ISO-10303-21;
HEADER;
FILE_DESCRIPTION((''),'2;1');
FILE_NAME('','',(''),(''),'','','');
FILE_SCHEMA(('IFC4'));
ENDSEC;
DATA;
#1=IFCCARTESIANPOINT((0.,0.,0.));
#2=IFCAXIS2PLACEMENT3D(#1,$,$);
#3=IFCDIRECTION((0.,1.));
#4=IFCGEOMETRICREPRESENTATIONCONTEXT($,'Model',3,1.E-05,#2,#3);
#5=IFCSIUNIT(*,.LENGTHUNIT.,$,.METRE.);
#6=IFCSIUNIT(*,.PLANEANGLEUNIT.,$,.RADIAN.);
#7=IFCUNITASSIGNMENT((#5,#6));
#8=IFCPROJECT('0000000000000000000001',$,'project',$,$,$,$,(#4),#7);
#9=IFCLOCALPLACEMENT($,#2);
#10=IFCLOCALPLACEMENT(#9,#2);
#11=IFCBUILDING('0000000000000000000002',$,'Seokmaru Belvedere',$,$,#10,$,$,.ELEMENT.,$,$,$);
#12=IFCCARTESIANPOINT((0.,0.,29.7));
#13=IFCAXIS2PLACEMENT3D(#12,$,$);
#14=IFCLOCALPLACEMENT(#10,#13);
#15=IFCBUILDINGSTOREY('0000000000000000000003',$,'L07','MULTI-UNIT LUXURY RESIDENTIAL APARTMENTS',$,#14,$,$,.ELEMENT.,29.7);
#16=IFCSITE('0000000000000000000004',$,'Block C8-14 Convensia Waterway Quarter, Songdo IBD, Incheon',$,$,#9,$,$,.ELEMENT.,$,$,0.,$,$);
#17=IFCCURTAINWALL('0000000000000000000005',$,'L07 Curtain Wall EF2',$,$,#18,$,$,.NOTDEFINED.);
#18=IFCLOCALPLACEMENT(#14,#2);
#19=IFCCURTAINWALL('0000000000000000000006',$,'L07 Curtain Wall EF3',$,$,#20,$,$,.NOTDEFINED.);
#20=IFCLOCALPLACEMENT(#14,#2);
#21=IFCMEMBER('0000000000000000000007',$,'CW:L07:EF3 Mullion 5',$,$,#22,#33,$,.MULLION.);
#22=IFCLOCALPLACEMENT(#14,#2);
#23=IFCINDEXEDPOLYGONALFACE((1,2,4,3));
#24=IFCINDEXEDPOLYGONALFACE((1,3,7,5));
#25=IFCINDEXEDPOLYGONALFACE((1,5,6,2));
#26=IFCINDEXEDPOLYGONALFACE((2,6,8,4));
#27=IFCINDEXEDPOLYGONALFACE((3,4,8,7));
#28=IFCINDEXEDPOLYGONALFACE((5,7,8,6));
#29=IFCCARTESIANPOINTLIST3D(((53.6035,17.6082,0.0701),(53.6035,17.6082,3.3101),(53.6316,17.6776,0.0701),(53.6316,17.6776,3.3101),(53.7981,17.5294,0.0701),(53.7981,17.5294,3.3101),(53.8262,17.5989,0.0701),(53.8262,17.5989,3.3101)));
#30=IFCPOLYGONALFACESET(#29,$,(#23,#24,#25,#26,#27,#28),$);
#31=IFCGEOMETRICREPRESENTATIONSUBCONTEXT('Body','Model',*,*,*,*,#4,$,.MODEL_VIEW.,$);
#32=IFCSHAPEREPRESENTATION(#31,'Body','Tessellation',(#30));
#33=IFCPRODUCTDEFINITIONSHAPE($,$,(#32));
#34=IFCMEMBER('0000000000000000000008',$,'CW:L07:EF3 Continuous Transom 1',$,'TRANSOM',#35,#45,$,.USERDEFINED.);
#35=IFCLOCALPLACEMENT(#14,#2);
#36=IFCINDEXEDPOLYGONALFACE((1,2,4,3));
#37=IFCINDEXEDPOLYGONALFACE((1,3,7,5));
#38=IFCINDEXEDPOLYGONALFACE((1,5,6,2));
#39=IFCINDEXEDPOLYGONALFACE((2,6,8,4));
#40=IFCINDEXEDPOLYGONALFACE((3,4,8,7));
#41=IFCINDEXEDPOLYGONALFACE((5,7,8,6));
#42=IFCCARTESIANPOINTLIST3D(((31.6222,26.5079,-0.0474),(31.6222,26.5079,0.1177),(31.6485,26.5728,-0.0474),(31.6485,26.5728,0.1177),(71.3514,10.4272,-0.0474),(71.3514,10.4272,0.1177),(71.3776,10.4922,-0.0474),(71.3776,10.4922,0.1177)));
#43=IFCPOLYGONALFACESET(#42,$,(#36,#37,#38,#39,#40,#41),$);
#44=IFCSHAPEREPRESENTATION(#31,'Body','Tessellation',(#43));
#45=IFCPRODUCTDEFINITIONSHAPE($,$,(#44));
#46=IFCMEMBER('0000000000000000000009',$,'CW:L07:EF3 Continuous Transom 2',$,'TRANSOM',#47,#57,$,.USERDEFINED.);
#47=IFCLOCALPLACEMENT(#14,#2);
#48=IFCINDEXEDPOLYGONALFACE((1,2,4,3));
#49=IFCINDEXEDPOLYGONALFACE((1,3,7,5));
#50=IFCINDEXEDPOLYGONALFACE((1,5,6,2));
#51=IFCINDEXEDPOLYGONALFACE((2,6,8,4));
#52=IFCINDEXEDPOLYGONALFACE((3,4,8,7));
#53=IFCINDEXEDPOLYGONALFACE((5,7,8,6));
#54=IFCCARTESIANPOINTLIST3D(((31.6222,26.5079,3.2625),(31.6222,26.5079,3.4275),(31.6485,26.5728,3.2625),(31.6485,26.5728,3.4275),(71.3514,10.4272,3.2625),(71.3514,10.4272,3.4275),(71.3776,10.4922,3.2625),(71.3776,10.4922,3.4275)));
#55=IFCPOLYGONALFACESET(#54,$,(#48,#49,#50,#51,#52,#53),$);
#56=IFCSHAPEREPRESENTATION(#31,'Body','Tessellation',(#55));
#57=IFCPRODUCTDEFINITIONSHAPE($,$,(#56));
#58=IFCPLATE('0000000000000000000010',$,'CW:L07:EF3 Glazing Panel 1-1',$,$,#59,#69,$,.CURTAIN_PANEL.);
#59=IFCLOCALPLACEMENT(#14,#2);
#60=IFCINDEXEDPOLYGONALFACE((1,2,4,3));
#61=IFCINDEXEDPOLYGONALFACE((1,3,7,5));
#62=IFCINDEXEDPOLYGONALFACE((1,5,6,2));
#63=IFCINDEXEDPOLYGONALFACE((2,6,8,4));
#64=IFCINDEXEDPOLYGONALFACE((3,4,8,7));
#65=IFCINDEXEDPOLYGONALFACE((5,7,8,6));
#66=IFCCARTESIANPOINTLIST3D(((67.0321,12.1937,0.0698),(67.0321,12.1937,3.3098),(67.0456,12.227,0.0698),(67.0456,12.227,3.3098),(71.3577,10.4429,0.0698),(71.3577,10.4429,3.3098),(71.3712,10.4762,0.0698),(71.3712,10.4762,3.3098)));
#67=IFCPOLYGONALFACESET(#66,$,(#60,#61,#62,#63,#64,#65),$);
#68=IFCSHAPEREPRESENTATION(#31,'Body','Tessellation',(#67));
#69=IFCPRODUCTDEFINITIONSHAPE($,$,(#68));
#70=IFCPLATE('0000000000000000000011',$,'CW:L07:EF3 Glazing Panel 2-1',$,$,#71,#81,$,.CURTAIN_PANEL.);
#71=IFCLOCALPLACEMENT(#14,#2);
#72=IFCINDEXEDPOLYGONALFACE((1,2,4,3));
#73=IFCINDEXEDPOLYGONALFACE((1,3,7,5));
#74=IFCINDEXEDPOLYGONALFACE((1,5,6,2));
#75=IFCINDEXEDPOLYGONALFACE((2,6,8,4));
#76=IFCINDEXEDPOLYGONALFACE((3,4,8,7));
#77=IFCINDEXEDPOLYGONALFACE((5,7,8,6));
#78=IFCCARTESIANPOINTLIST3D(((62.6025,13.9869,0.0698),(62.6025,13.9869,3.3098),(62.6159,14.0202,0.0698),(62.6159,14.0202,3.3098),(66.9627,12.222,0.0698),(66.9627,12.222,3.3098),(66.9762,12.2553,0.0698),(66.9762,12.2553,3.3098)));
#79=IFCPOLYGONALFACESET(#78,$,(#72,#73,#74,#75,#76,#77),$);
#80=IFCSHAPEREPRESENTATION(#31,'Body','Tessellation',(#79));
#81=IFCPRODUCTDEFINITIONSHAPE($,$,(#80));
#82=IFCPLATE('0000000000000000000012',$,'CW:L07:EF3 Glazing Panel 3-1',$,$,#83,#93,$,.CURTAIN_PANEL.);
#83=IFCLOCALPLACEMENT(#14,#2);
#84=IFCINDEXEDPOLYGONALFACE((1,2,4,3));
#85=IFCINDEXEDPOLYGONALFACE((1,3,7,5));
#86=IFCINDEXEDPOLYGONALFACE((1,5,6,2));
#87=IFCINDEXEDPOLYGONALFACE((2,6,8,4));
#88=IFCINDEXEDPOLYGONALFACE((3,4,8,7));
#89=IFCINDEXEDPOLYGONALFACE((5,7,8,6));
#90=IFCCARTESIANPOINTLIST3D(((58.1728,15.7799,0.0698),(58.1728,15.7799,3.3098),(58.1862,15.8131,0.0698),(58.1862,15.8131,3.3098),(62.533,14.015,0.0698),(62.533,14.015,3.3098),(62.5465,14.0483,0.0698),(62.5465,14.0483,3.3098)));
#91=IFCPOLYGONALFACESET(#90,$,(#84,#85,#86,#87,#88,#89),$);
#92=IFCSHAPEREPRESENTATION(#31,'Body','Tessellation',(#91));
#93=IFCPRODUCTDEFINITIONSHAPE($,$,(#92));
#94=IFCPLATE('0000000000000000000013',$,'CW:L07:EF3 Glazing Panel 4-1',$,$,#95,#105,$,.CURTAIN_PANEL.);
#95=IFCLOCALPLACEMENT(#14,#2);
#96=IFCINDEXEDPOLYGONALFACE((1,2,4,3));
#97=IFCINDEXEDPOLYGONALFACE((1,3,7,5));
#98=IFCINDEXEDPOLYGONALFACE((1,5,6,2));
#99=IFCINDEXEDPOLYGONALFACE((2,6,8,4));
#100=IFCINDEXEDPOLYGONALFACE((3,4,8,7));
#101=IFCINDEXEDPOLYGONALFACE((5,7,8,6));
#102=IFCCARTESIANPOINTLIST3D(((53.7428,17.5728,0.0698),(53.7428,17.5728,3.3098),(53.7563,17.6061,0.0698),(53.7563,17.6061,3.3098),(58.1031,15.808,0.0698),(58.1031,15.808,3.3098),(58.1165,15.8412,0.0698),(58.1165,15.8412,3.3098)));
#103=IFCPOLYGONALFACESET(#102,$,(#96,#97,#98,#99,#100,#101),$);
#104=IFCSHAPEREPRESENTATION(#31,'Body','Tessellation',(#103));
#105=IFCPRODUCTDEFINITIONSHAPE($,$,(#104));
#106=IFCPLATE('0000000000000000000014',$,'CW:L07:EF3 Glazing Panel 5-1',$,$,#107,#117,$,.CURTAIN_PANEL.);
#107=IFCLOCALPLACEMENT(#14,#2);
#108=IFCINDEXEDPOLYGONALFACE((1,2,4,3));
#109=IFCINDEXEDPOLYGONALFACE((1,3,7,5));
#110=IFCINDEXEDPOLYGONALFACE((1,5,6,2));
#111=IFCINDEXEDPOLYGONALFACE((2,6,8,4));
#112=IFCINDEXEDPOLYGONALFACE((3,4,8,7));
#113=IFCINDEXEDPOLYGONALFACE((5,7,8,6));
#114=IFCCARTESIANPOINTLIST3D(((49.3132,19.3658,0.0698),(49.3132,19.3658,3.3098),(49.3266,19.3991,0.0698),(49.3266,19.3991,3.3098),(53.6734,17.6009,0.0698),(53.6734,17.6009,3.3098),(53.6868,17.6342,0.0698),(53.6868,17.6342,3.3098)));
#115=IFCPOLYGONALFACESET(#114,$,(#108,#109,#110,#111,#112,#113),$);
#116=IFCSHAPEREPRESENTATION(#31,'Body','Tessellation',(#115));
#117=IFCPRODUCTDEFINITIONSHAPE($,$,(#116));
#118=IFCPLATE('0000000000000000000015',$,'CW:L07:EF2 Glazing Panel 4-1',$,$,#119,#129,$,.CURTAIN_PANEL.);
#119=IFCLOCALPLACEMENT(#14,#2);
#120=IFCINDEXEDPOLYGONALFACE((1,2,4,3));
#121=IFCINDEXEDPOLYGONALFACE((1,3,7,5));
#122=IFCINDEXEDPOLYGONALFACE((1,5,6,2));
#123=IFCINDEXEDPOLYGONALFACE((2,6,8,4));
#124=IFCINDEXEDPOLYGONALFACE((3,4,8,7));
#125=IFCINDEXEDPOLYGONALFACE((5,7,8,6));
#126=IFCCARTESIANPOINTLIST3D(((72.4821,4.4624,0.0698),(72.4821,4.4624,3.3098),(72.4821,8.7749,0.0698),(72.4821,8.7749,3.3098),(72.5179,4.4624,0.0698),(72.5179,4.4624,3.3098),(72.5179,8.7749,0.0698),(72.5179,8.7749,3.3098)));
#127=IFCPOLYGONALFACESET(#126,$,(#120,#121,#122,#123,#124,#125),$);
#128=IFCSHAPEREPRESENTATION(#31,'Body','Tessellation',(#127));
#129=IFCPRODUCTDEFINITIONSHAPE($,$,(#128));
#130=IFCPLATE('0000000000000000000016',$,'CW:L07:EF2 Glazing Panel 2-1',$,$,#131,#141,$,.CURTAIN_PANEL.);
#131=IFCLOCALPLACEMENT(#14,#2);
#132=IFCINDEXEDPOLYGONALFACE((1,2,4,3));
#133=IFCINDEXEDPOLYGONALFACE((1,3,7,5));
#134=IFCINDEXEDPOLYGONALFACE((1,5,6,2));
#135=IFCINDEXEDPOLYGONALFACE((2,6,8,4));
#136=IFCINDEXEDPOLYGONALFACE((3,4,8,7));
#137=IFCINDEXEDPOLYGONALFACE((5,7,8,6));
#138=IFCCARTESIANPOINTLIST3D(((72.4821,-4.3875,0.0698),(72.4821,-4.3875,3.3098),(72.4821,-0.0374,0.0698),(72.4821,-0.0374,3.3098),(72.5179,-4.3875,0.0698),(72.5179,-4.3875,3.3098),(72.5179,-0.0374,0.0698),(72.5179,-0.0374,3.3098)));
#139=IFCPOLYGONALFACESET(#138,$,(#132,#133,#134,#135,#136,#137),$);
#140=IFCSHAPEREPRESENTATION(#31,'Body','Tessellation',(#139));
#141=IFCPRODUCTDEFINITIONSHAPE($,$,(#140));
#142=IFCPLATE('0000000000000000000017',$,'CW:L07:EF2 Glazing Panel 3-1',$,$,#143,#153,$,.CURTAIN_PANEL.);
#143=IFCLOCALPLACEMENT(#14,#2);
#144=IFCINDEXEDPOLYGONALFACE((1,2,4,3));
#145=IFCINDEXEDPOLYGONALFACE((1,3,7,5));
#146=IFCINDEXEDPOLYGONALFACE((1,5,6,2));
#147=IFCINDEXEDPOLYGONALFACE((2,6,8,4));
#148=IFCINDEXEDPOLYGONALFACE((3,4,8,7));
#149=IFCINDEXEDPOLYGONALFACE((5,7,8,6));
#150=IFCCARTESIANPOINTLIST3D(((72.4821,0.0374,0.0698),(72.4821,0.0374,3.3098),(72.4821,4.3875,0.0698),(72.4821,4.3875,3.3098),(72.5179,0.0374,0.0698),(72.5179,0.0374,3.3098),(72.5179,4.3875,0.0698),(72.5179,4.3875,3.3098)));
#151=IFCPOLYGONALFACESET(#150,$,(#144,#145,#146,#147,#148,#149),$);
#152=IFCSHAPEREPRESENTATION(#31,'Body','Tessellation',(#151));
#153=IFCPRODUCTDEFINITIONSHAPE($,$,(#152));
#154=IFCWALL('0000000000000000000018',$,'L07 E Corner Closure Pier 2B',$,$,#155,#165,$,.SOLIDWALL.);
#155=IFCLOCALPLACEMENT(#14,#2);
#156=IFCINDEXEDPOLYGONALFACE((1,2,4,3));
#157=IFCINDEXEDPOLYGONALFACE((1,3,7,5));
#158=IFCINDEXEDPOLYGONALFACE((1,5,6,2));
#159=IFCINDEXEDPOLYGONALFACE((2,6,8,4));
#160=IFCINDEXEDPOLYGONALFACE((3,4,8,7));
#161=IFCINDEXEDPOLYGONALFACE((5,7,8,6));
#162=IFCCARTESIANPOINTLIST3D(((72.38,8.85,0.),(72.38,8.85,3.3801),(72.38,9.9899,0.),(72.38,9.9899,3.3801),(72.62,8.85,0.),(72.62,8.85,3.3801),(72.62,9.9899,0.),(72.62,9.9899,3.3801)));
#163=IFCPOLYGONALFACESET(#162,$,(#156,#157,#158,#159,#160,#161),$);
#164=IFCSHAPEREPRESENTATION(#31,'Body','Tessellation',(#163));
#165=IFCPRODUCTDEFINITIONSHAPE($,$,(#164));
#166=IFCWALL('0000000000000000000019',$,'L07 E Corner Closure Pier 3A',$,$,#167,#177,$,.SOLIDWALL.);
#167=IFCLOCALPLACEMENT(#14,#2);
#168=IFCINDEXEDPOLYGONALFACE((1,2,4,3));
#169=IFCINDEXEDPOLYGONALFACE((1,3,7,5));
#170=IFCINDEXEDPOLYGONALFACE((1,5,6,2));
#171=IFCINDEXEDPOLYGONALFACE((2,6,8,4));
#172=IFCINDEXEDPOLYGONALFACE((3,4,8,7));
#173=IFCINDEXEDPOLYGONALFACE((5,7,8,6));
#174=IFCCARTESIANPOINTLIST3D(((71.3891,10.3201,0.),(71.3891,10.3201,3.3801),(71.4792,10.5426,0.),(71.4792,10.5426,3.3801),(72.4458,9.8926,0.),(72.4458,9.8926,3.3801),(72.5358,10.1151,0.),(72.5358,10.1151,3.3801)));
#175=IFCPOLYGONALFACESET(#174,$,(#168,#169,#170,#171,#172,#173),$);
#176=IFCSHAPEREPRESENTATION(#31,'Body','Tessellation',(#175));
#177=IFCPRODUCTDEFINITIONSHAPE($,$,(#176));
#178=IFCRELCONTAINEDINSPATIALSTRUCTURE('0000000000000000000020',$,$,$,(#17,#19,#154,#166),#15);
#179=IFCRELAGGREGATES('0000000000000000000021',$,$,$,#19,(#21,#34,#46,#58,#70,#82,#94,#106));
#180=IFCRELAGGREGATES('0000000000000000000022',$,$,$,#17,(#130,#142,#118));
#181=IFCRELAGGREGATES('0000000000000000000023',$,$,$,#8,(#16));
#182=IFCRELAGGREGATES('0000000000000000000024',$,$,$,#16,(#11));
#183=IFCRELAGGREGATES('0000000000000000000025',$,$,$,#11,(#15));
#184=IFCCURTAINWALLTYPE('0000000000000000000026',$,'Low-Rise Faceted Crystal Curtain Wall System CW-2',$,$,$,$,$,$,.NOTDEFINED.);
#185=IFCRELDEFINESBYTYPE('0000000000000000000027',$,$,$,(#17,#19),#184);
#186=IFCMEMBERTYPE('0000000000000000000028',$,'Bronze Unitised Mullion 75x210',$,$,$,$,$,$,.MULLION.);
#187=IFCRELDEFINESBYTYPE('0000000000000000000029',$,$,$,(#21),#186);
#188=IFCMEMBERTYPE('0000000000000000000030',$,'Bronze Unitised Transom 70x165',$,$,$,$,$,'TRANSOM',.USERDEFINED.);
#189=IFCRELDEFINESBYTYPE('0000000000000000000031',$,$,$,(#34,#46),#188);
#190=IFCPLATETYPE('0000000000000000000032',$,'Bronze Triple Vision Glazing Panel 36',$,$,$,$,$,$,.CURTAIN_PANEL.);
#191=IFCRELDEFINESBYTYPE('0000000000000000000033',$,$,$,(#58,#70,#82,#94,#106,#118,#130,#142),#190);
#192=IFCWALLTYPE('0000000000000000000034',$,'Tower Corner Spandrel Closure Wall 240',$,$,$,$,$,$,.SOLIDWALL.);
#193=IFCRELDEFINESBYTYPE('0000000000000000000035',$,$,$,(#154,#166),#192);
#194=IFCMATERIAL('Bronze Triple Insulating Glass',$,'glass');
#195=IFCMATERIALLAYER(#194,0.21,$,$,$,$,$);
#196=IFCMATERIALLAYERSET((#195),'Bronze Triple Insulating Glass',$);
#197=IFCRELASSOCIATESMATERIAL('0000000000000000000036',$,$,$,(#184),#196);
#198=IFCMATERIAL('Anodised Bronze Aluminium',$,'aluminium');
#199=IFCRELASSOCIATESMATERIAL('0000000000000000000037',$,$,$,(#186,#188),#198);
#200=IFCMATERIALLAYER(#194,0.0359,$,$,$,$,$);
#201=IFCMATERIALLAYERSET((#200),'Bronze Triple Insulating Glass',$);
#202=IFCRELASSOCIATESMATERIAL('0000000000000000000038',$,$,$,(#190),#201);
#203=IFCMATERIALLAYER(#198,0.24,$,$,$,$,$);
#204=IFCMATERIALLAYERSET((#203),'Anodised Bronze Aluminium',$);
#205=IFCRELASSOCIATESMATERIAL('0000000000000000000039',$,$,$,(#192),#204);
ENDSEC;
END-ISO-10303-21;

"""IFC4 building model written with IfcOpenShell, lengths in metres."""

from ifc_helpers import new_model, si_unit, direction, frame, frame_2d, origin, origin_2d, place, context, subcontext, project, spatial, rectangle, extrude, source, transform, mapped, material, layer, layer_set, material_profile, profile_set, type_object, type_shapes, element, aggregate, save


model = new_model("IFC4")

# Units and contexts
model_context = context("Model", 3, precision=1e-05, world=origin(), true_north=direction((0.0, 1.0)))
body_context = subcontext(model_context, "Body", "Model", "MODEL_VIEW")
ifc_project = project(units=[si_unit("LENGTHUNIT", "METRE"), si_unit("PLANEANGLEUNIT", "RADIAN")], contexts=[model_context])

# Site, building, storey
site_placement = place(None, origin())
site = spatial("IfcSite", under=ifc_project, at=site_placement, Name="Block C8-14 Convensia Waterway Quarter, Songdo IBD, Incheon", CompositionType="ELEMENT", RefElevation=0.0)
building_placement = place(site_placement, origin())
building = spatial("IfcBuilding", under=site, at=building_placement, Name="Seokmaru Belvedere", CompositionType="ELEMENT")
storey_placement = place(building_placement, frame((0.0, 0.0, 29.7)))
storey = spatial("IfcBuildingStorey", under=building, at=storey_placement, Name="L07", Description="MULTI-UNIT LUXURY RESIDENTIAL APARTMENTS", CompositionType="ELEMENT", Elevation=29.7)

# Curtain walls
ifc_material_1 = material(Name="Bronze Triple Insulating Glass", Category="glass")
ifc_layer_1 = layer(ifc_material_1, 0.21)
ifc_layer_set_1 = layer_set([ifc_layer_1], Name="Bronze Triple Insulating Glass")
curtain_wall_type = type_object("IfcCurtainWallType", Name="Low-Rise Faceted Crystal Curtain Wall System CW-2", PredefinedType="NOTDEFINED", material=ifc_layer_set_1)
curtain_wall_1_placement = place(storey_placement, origin())
curtain_wall_1 = element("IfcCurtainWall", 1, at=curtain_wall_1_placement, inside=storey, type_object=curtain_wall_type, Name="L07 Curtain Wall EF2", PredefinedType="NOTDEFINED")
ifc_material_2 = material(Name="Anodised Bronze Aluminium", Category="aluminium")
ifc_material_profile_1 = material_profile(ifc_material_2, rectangle(XDim=0.075, YDim=0.21, at=origin_2d()), Name="CW-M-75x210")
ifc_profile_set_1 = profile_set([ifc_material_profile_1], Name="Anodised Bronze Aluminium")
member_type_1 = type_object("IfcMemberType", Name="Bronze Unitised Mullion 75x210", PredefinedType="MULLION", material=ifc_profile_set_1)
curtain_wall_2_placement = place(storey_placement, origin())
curtain_wall_2 = element("IfcCurtainWall", 2, at=curtain_wall_2_placement, inside=storey, type_object=curtain_wall_type, Name="L07 Curtain Wall EF3", PredefinedType="NOTDEFINED")

# Members
shared_shape_1 = source(origin(), body_context, "Body", "SweptSolid", [
    extrude(rectangle(XDim=0.075, YDim=0.21, at=origin_2d()), origin(), (0.0, 0.0, 1.0), 3.24),
])
member_1_placement = place(storey_placement, frame((53.7148, 17.6035, 0.0701), z_axis=(0.0, 0.0, 1.0), x_axis=(-0.375192, -0.926947, 0.0)))
member_1 = element("IfcMember", 3, at=member_1_placement, type_object=member_type_1, Name="CW:L07:EF3 Mullion 5", PredefinedType="MULLION", context=body_context, shape_type="MappedRepresentation", body=[
    mapped(shared_shape_1, transform((0.0, 0.0, 0.0), scale=1.0)),
])
ifc_material_profile_2 = material_profile(ifc_material_2, rectangle(XDim=0.0701, YDim=0.165, at=origin_2d()), Name="CW-T-70x165")
ifc_profile_set_2 = profile_set([ifc_material_profile_2], Name="Anodised Bronze Aluminium")
member_type_2 = type_object("IfcMemberType", Name="Bronze Unitised Transom 70x165", ElementType="TRANSOM", PredefinedType="USERDEFINED", material=ifc_profile_set_2)
shared_shape_2 = source(origin(), body_context, "Body", "SweptSolid", [
    extrude(rectangle(XDim=0.0701, YDim=0.165, at=origin_2d()), origin(), (0.0, 0.0, 1.0), 42.8601),
])
type_shapes(member_type_2, [shared_shape_2])
member_2_placement = place(storey_placement, frame((71.3645, 10.4597, 0.0352), z_axis=(-0.926949, 0.375188, 0.0), x_axis=(-0.375188, -0.926949, 0.0)))
member_2 = element("IfcMember", 4, at=member_2_placement, type_object=member_type_2, Name="CW:L07:EF3 Continuous Transom 1", ObjectType="TRANSOM", PredefinedType="USERDEFINED", context=body_context, shape_type="MappedRepresentation", body=[
    mapped(shared_shape_2, transform((0.0, 0.0, 0.0), scale=1.0)),
])
member_3_placement = place(storey_placement, frame((71.3645, 10.4597, 3.345), z_axis=(-0.926949, 0.375188, 0.0), x_axis=(-0.375188, -0.926949, 0.0)))
member_3 = element("IfcMember", 5, at=member_3_placement, type_object=member_type_2, Name="CW:L07:EF3 Continuous Transom 2", ObjectType="TRANSOM", PredefinedType="USERDEFINED", context=body_context, shape_type="MappedRepresentation", body=[
    mapped(shared_shape_2, transform((0.0, 0.0, 0.0), scale=1.0)),
])

# Plates
ifc_layer_2 = layer(ifc_material_1, 0.0359)
ifc_layer_set_2 = layer_set([ifc_layer_2], Name="Bronze Triple Insulating Glass")
plate_type = type_object("IfcPlateType", Name="Bronze Triple Vision Glazing Panel 36", PredefinedType="CURTAIN_PANEL", material=ifc_layer_set_2)
shared_shape_3 = source(origin(), body_context, "Body", "SweptSolid", [
    extrude(rectangle(XDim=4.6665, YDim=0.0359, at=origin_2d()), origin(), (0.0, 0.0, 1.0), 3.24),
])
plate_1_placement = place(storey_placement, frame((69.2017, 11.335, 0.0698), z_axis=(0.0, 0.0, 1.0), x_axis=(-0.926947, 0.375192, 0.0)))
plate_1 = element("IfcPlate", 6, at=plate_1_placement, type_object=plate_type, Name="CW:L07:EF3 Glazing Panel 1-1", PredefinedType="CURTAIN_PANEL", context=body_context, shape_type="MappedRepresentation", body=[
    mapped(shared_shape_3, transform((0.0, 0.0, 0.0), scale=1.0)),
])
shared_shape_4 = source(origin(), body_context, "Body", "SweptSolid", [
    extrude(rectangle(XDim=4.7039, YDim=0.0359, at=origin_2d()), origin(), (0.0, 0.0, 1.0), 3.24),
])
plate_2_placement = place(storey_placement, frame((64.7893, 13.1211, 0.0698), z_axis=(0.0, 0.0, 1.0), x_axis=(-0.926947, 0.375192, 0.0)))
plate_2 = element("IfcPlate", 7, at=plate_2_placement, type_object=plate_type, Name="CW:L07:EF3 Glazing Panel 2-1", PredefinedType="CURTAIN_PANEL", context=body_context, shape_type="MappedRepresentation", body=[
    mapped(shared_shape_4, transform((0.0, 0.0, 0.0), scale=1.0)),
])
plate_3_placement = place(storey_placement, frame((60.3596, 14.9141, 0.0698), z_axis=(0.0, 0.0, 1.0), x_axis=(-0.926947, 0.375192, 0.0)))
plate_3 = element("IfcPlate", 8, at=plate_3_placement, type_object=plate_type, Name="CW:L07:EF3 Glazing Panel 3-1", PredefinedType="CURTAIN_PANEL", context=body_context, shape_type="MappedRepresentation", body=[
    mapped(shared_shape_4, transform((0.0, 0.0, 0.0), scale=1.0)),
])
plate_4_placement = place(storey_placement, frame((55.9297, 16.707, 0.0698), z_axis=(0.0, 0.0, 1.0), x_axis=(-0.926947, 0.375192, 0.0)))
plate_4 = element("IfcPlate", 9, at=plate_4_placement, type_object=plate_type, Name="CW:L07:EF3 Glazing Panel 4-1", PredefinedType="CURTAIN_PANEL", context=body_context, shape_type="MappedRepresentation", body=[
    mapped(shared_shape_4, transform((0.0, 0.0, 0.0), scale=1.0)),
])
plate_5_placement = place(storey_placement, frame((51.5, 18.5, 0.0698), z_axis=(0.0, 0.0, 1.0), x_axis=(-0.926947, 0.375192, 0.0)))
plate_5 = element("IfcPlate", 10, at=plate_5_placement, type_object=plate_type, Name="CW:L07:EF3 Glazing Panel 5-1", PredefinedType="CURTAIN_PANEL", context=body_context, shape_type="MappedRepresentation", body=[
    mapped(shared_shape_4, transform((0.0, 0.0, 0.0), scale=1.0)),
])
aggregate(curtain_wall_2, [member_1, member_2, member_3, plate_1, plate_2, plate_3, plate_4, plate_5])
shared_shape_5 = source(origin(), body_context, "Body", "SweptSolid", [
    extrude(rectangle(XDim=4.3125, YDim=0.0359, at=origin_2d()), origin(), (0.0, 0.0, 1.0), 3.24),
])
plate_6_placement = place(storey_placement, frame((72.5, 6.6187, 0.0698), z_axis=(0.0, 0.0, 1.0), x_axis=(0.0, 1.0, 0.0)))
plate_6 = element("IfcPlate", 11, at=plate_6_placement, type_object=plate_type, Name="CW:L07:EF2 Glazing Panel 4-1", PredefinedType="CURTAIN_PANEL", context=body_context, shape_type="MappedRepresentation", body=[
    mapped(shared_shape_5, transform((0.0, 0.0, 0.0), scale=1.0)),
])
shared_shape_6 = source(origin(), body_context, "Body", "SweptSolid", [
    extrude(rectangle(XDim=4.3501, YDim=0.0359, at=origin_2d()), origin(), (0.0, 0.0, 1.0), 3.24),
])
type_shapes(plate_type, [shared_shape_3, shared_shape_4, shared_shape_5, shared_shape_6])
plate_7_placement = place(storey_placement, frame((72.5, -2.2124, 0.0698), z_axis=(0.0, 0.0, 1.0), x_axis=(0.0, 1.0, 0.0)))
plate_7 = element("IfcPlate", 12, at=plate_7_placement, type_object=plate_type, Name="CW:L07:EF2 Glazing Panel 2-1", PredefinedType="CURTAIN_PANEL", context=body_context, shape_type="MappedRepresentation", body=[
    mapped(shared_shape_6, transform((0.0, 0.0, 0.0), scale=1.0)),
])
plate_8_placement = place(storey_placement, frame((72.5, 2.2124, 0.0698), z_axis=(0.0, 0.0, 1.0), x_axis=(0.0, 1.0, 0.0)))
plate_8 = element("IfcPlate", 13, at=plate_8_placement, type_object=plate_type, Name="CW:L07:EF2 Glazing Panel 3-1", PredefinedType="CURTAIN_PANEL", context=body_context, shape_type="MappedRepresentation", body=[
    mapped(shared_shape_6, transform((0.0, 0.0, 0.0), scale=1.0)),
])
aggregate(curtain_wall_1, [plate_7, plate_8, plate_6])

# Walls
ifc_layer_3 = layer(ifc_material_2, 0.24)
ifc_layer_set_3 = layer_set([ifc_layer_3], Name="Anodised Bronze Aluminium")
wall_type = type_object("IfcWallType", Name="Tower Corner Spandrel Closure Wall 240", PredefinedType="SOLIDWALL", material=ifc_layer_set_3)
for number, where, z_axis, x_axis, name in (
    (14, (72.5, 8.8501, 0.0), (0.0, 0.0, 1.0), (0.0, 1.0, 0.0), "L07 E Corner Closure Pier 2B"),
    (15, (72.4907, 10.0039, 0.0), (0.0, 0.0, 1.0), (-0.927007, 0.375044, 0.0), "L07 E Corner Closure Pier 3A"),
):
    element("IfcWall", number, at=place(storey_placement, frame(where, z_axis=z_axis, x_axis=x_axis)), inside=storey, type_object=wall_type, Name=name, PredefinedType="SOLIDWALL", context=body_context, shape_type="SweptSolid", body=[
        extrude(rectangle(XDim=1.1399, YDim=0.24, at=frame_2d((0.5698, 0.0))), origin(), (0.0, 0.0, 1.0), 3.3801),
    ])

save(model, "model.ifc")
